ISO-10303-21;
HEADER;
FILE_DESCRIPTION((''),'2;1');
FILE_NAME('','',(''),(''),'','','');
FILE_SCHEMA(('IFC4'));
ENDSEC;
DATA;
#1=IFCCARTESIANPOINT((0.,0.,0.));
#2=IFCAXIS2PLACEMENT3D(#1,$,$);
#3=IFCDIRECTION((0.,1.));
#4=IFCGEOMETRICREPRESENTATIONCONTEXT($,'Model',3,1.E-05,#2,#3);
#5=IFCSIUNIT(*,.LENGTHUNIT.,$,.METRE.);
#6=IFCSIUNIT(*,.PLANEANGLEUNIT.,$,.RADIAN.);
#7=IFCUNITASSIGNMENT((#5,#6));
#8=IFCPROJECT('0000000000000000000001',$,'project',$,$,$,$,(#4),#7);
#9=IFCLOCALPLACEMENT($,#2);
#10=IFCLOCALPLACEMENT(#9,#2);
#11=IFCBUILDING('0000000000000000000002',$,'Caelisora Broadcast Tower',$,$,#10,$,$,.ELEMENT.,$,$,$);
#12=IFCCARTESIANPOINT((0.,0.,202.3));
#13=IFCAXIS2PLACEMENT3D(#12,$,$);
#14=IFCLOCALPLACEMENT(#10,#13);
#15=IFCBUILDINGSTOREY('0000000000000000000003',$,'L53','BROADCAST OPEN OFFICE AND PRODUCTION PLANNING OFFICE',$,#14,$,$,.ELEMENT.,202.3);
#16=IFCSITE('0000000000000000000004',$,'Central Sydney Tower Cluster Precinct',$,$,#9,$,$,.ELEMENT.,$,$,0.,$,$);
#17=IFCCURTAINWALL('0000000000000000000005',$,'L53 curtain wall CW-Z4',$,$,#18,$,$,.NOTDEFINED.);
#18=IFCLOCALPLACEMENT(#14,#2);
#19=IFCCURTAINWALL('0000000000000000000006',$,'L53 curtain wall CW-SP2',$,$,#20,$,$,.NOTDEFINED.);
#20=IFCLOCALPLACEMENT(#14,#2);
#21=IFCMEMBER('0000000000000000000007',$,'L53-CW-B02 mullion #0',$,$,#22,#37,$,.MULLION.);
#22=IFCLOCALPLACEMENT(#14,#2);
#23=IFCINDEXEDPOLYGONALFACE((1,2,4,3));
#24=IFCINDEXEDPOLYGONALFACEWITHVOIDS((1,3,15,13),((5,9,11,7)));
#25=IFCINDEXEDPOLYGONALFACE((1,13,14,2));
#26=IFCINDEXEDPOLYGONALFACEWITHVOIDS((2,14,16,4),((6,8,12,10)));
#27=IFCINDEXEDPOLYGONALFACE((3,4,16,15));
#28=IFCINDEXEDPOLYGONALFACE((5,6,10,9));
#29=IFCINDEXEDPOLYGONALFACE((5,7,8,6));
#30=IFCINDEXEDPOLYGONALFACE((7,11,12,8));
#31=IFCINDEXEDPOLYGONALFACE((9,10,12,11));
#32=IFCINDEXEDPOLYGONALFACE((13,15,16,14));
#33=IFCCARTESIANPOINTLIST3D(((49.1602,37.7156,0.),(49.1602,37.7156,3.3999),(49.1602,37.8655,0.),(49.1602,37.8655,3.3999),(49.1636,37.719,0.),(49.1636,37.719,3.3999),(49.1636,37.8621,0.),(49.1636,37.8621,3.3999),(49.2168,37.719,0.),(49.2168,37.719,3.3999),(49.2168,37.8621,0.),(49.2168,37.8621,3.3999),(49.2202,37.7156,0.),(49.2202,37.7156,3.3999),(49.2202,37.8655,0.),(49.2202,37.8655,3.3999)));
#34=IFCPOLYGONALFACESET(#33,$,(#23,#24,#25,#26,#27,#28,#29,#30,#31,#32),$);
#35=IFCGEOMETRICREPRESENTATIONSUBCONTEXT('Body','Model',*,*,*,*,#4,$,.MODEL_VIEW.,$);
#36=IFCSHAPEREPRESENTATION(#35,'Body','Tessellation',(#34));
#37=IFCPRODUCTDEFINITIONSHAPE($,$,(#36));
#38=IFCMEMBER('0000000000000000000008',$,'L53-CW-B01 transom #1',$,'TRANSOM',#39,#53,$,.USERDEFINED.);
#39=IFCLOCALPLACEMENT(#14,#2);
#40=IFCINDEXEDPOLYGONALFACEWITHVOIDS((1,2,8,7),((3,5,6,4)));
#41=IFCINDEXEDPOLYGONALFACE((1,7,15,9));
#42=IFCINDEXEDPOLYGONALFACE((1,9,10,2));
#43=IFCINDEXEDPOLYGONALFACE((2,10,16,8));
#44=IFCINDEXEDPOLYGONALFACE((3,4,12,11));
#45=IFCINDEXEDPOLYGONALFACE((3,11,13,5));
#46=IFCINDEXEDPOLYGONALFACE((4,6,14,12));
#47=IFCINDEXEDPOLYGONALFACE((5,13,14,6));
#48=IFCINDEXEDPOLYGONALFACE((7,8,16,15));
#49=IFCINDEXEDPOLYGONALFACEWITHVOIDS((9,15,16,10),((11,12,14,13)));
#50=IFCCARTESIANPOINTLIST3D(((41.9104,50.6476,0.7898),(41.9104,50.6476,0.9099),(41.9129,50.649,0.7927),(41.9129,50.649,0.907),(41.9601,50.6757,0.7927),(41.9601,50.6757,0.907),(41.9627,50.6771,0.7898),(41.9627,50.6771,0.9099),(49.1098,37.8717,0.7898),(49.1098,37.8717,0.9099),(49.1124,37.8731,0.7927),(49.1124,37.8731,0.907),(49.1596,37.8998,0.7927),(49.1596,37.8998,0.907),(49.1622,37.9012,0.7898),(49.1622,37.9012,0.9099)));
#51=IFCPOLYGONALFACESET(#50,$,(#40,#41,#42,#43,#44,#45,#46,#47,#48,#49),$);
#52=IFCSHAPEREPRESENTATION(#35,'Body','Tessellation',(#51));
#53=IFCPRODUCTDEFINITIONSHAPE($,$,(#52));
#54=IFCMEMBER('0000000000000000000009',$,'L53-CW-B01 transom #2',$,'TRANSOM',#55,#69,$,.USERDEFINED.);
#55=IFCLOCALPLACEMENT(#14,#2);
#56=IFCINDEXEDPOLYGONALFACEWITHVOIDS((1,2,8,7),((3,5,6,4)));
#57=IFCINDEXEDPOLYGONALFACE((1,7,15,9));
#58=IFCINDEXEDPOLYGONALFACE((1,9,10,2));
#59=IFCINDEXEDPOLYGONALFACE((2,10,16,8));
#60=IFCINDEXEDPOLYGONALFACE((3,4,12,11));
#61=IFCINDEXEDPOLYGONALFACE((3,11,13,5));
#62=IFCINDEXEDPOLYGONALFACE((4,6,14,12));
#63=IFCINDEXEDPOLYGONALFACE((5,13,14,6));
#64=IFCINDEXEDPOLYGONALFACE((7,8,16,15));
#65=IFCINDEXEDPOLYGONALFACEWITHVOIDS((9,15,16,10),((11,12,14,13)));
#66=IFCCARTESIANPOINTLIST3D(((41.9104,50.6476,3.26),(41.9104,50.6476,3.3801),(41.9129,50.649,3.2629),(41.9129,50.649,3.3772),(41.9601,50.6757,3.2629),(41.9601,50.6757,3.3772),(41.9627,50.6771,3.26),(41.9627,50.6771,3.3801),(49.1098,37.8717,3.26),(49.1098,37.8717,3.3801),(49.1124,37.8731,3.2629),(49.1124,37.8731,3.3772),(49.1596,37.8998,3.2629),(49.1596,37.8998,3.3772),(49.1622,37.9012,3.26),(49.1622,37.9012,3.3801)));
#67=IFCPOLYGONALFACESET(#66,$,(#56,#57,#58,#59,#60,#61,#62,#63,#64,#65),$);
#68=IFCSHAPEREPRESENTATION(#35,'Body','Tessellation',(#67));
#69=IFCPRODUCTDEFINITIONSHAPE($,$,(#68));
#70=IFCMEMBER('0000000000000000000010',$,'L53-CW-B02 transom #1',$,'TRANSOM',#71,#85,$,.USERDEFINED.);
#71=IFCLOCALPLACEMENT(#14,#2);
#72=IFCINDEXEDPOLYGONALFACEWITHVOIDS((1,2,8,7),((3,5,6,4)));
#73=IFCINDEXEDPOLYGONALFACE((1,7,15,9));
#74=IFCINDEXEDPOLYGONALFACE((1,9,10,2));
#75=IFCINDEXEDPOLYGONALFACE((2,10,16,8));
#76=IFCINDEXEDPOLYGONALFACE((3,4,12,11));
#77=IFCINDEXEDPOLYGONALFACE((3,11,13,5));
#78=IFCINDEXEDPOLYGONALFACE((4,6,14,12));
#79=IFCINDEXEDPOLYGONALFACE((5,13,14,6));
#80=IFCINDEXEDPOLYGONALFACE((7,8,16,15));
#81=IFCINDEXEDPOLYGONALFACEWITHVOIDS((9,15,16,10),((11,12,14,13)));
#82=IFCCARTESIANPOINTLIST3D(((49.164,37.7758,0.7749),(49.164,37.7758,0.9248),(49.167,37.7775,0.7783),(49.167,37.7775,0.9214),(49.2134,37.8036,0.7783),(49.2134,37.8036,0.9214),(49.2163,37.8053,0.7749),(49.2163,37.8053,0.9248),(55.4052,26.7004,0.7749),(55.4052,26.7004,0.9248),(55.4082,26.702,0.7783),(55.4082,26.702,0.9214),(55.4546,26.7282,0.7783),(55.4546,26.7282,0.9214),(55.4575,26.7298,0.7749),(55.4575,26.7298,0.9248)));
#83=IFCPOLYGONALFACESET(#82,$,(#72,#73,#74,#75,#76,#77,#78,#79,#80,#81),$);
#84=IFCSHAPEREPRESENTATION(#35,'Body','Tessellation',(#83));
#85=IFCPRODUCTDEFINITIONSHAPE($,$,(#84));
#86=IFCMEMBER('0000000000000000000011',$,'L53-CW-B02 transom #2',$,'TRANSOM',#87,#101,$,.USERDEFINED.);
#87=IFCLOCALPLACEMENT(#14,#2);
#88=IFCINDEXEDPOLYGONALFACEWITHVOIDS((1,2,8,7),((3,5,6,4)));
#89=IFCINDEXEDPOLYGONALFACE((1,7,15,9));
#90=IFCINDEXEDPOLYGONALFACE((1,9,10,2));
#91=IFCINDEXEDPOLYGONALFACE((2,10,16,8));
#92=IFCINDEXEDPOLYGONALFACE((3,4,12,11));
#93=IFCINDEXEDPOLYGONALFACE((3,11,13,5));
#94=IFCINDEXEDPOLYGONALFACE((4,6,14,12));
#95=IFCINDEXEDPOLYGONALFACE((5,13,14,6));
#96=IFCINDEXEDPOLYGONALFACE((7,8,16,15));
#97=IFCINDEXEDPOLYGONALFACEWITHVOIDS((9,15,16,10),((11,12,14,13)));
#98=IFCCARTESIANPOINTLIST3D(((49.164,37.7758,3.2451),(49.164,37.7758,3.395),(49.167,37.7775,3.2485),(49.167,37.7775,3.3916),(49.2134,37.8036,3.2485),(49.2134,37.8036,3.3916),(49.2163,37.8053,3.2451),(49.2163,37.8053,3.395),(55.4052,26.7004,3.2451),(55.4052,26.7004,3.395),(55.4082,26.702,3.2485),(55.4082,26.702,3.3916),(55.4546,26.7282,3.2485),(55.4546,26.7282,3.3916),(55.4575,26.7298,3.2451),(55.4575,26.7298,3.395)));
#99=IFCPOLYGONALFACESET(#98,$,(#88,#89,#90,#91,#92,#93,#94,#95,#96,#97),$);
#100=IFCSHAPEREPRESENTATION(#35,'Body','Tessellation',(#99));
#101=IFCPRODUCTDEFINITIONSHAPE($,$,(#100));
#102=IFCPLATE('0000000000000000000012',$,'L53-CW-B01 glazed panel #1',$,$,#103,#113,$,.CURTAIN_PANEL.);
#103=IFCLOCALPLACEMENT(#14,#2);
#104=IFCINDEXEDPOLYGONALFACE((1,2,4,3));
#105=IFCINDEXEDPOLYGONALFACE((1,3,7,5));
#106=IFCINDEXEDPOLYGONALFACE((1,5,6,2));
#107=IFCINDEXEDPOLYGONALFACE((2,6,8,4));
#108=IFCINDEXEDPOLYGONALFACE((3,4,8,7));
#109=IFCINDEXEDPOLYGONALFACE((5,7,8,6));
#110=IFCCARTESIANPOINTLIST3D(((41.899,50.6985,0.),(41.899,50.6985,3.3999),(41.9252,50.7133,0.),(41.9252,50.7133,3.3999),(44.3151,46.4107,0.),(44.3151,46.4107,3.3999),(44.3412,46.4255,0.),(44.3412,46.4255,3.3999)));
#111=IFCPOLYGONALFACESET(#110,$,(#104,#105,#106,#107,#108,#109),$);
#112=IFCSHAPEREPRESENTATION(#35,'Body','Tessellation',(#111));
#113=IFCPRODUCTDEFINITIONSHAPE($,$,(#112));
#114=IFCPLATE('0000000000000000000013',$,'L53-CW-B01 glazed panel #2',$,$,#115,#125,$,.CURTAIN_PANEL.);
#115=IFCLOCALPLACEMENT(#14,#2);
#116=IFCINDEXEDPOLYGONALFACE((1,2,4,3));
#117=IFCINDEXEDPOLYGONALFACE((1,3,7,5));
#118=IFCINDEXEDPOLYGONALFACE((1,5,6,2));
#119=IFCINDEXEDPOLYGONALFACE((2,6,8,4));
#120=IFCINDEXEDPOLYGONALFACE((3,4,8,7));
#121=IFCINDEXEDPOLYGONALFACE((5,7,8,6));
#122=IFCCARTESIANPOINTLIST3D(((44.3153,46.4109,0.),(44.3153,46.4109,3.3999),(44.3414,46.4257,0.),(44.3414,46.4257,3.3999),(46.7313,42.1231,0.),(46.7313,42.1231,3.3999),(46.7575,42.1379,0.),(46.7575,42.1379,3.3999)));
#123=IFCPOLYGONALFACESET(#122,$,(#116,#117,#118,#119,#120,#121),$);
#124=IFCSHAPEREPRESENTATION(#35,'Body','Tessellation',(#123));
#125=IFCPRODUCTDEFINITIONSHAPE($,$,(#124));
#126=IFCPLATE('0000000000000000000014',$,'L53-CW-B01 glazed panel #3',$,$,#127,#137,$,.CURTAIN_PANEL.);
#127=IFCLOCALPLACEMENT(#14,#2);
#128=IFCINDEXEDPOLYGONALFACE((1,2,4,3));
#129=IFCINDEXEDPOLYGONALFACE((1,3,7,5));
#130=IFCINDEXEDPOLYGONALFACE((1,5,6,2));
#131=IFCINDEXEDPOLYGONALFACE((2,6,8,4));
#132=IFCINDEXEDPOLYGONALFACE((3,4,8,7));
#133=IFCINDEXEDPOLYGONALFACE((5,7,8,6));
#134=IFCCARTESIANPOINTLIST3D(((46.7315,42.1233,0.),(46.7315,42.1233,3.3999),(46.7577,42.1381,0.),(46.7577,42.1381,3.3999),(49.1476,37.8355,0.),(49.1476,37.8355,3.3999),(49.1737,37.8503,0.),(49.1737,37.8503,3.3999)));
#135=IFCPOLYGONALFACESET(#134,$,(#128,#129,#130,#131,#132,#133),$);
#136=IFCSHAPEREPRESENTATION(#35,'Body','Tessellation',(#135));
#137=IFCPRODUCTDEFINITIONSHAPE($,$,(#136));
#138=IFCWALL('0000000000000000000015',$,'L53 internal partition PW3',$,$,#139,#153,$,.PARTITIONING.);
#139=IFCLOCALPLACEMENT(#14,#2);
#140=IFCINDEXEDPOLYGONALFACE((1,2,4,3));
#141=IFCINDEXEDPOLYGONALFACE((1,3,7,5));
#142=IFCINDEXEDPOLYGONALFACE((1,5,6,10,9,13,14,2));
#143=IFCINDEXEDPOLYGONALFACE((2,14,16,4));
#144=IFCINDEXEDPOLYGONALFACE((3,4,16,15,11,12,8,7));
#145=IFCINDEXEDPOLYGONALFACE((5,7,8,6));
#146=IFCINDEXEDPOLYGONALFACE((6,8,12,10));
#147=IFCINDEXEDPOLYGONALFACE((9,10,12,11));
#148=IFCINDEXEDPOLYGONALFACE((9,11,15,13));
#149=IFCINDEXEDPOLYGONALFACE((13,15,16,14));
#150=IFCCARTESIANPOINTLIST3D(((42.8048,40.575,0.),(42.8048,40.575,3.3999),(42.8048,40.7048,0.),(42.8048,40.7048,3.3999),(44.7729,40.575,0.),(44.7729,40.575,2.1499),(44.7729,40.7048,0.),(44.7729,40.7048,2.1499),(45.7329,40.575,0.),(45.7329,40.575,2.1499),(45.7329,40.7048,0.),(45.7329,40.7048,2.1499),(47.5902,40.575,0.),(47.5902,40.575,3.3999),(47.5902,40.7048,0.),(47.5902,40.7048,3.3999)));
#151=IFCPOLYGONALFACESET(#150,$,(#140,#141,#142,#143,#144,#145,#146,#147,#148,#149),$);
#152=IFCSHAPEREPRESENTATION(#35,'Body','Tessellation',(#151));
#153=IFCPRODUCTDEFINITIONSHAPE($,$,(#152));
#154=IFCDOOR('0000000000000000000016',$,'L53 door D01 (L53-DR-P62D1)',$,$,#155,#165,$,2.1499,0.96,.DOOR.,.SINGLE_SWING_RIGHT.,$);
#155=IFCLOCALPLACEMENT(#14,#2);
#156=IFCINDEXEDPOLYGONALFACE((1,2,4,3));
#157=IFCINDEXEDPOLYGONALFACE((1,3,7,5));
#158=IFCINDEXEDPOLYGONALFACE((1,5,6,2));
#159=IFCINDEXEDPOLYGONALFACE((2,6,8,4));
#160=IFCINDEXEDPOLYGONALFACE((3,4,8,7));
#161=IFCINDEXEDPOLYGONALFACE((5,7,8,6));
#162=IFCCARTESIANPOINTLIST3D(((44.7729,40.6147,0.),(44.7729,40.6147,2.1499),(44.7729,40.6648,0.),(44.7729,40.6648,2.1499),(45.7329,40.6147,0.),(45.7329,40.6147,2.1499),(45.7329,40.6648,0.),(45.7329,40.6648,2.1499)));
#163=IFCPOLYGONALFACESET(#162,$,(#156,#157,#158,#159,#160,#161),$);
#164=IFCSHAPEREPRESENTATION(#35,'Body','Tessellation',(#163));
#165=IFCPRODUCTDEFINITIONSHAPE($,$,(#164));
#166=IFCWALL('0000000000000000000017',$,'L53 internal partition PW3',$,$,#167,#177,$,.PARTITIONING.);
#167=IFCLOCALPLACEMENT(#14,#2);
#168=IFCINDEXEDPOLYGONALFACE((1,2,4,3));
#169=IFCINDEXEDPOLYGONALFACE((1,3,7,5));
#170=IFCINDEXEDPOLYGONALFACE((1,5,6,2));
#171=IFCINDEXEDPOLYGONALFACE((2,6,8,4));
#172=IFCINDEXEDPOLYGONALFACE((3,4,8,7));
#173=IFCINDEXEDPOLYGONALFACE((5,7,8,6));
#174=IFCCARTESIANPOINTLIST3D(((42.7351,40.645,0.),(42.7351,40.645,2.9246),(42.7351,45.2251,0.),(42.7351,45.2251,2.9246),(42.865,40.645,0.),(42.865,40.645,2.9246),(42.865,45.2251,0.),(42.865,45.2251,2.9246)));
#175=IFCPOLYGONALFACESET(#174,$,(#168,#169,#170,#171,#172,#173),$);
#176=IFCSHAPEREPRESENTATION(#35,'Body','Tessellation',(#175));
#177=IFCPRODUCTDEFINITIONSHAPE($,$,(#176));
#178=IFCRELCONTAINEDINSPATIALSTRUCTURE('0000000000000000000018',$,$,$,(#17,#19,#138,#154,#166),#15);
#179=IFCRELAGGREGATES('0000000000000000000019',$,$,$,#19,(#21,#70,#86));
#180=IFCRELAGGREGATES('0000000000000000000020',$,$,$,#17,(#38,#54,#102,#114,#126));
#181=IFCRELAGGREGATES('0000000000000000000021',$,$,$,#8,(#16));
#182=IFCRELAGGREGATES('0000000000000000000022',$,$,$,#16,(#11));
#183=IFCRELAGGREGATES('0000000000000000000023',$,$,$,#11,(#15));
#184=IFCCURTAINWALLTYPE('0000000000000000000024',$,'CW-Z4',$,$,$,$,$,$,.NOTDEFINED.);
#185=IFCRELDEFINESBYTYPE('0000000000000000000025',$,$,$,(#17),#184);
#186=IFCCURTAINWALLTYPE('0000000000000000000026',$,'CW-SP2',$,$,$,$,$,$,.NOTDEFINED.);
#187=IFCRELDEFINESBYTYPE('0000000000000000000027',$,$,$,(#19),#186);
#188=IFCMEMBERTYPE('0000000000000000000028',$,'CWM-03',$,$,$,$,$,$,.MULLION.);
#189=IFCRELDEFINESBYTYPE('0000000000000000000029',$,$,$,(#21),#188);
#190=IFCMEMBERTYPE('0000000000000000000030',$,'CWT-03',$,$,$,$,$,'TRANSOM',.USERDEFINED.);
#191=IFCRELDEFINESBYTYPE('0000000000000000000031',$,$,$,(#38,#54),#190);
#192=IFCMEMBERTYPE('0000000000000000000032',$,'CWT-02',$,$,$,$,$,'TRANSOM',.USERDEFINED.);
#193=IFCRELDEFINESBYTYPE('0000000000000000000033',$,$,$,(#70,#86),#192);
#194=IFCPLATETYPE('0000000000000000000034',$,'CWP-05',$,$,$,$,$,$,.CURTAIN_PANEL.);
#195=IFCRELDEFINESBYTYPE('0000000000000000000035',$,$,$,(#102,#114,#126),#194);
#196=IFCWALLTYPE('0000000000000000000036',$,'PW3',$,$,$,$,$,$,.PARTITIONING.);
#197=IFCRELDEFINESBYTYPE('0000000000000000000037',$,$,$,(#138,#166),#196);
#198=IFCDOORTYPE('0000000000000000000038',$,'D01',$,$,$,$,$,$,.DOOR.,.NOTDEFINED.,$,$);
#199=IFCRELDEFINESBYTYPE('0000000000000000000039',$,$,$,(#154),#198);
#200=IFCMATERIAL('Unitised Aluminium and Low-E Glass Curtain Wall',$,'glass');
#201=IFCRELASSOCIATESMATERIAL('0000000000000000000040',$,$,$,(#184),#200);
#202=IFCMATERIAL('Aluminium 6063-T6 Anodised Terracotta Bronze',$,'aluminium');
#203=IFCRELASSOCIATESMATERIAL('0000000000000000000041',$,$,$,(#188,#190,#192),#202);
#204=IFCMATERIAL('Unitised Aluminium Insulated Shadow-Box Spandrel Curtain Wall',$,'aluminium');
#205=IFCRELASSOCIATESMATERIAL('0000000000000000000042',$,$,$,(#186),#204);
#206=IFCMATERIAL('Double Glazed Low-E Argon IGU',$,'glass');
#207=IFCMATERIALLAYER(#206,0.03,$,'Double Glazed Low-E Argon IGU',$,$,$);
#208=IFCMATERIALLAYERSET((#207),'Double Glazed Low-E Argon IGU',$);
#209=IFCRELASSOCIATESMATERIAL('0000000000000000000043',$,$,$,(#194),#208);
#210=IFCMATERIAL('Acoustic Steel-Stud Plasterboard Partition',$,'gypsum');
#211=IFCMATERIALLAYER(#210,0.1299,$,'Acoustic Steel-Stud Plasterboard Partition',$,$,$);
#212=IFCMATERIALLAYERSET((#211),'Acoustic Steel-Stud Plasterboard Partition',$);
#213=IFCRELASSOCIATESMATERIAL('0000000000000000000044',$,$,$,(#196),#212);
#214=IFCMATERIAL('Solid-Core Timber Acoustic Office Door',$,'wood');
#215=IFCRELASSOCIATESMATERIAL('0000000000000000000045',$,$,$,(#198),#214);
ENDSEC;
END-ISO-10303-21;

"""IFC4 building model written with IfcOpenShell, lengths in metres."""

from ifc_helpers import new_model, si_unit, direction, frame, frame_2d, origin, origin_2d, place, context, subcontext, project, spatial, rectangle, hollow_rectangle, extrude, source, transform, mapped, material, layer, layer_set, material_profile, profile_set, type_object, type_shapes, element, fill, aggregate, save


model = new_model("IFC4")

# Units and contexts
model_context = context("Model", 3, precision=1e-05, world=origin(), true_north=direction((0.0, 1.0)))
body_context = subcontext(model_context, "Body", "Model", "MODEL_VIEW")
ifc_project = project(units=[si_unit("LENGTHUNIT", "METRE"), si_unit("PLANEANGLEUNIT", "RADIAN")], contexts=[model_context])

# Site, building, storey
site_placement = place(None, origin())
site = spatial("IfcSite", under=ifc_project, at=site_placement, Name="Central Sydney Tower Cluster Precinct", CompositionType="ELEMENT", RefElevation=0.0)
building_placement = place(site_placement, origin())
building = spatial("IfcBuilding", under=site, at=building_placement, Name="Caelisora Broadcast Tower", CompositionType="ELEMENT")
storey_placement = place(building_placement, frame((0.0, 0.0, 202.3)))
storey = spatial("IfcBuildingStorey", under=building, at=storey_placement, Name="L53", Description="BROADCAST OPEN OFFICE AND PRODUCTION PLANNING OFFICE", CompositionType="ELEMENT", Elevation=202.3)

# Curtain wall
ifc_material_1 = material(Name="Unitised Aluminium and Low-E Glass Curtain Wall", Category="glass")
curtain_wall_type_1 = type_object("IfcCurtainWallType", Name="CW-Z4", PredefinedType="NOTDEFINED", material=ifc_material_1)
curtain_wall_1_placement = place(storey_placement, origin())
curtain_wall_1 = element("IfcCurtainWall", 1, at=curtain_wall_1_placement, inside=storey, type_object=curtain_wall_type_1, Name="L53 curtain wall CW-Z4", PredefinedType="NOTDEFINED")
ifc_material_2 = material(Name="Aluminium 6063-T6 Anodised Terracotta Bronze", Category="aluminium")
ifc_material_profile_1 = material_profile(ifc_material_2, hollow_rectangle(XDim=0.0601, YDim=0.1499, WallThickness=0.0034, at=origin_2d()), Name="Aluminium 6063-T6 Anodised Terracotta Bronze")
ifc_profile_set_1 = profile_set([ifc_material_profile_1], Name="Aluminium 6063-T6 Anodised Terracotta Bronze")
member_type_1 = type_object("IfcMemberType", Name="CWM-03", PredefinedType="MULLION", material=ifc_profile_set_1)
shared_shape_1 = source(origin(), body_context, "Body", "SweptSolid", [
    extrude(hollow_rectangle(XDim=0.0601, YDim=0.1499, WallThickness=0.0034, at=origin_2d()), origin(), (0.0, 0.0, 1.0), 3.3999),
])
type_shapes(member_type_1, [shared_shape_1])

# Curtain wall, member
ifc_material_3 = material(Name="Unitised Aluminium Insulated Shadow-Box Spandrel Curtain Wall", Category="aluminium")
curtain_wall_type_2 = type_object("IfcCurtainWallType", Name="CW-SP2", PredefinedType="NOTDEFINED", material=ifc_material_3)
curtain_wall_2_placement = place(storey_placement, origin())
curtain_wall_2 = element("IfcCurtainWall", 2, at=curtain_wall_2_placement, inside=storey, type_object=curtain_wall_type_2, Name="L53 curtain wall CW-SP2", PredefinedType="NOTDEFINED")
member_1_placement = place(storey_placement, frame((49.1902, 37.7905, 0.0), z_axis=(0.0, 0.0, 1.0), x_axis=(1.0, 0.0, 0.0)))
member_1 = element("IfcMember", 3, at=member_1_placement, type_object=member_type_1, Name="L53-CW-B02 mullion #0", PredefinedType="MULLION", context=body_context, shape_type="MappedRepresentation", body=[
    mapped(shared_shape_1, transform((0.0, 0.0, 0.0), scale=1.0)),
])

# Members
ifc_material_profile_2 = material_profile(ifc_material_2, hollow_rectangle(XDim=0.0601, YDim=0.1201, WallThickness=0.0029, at=origin_2d()), Name="Aluminium 6063-T6 Anodised Terracotta Bronze")
ifc_profile_set_2 = profile_set([ifc_material_profile_2], Name="Aluminium 6063-T6 Anodised Terracotta Bronze")
member_type_2 = type_object("IfcMemberType", Name="CWT-03", ElementType="TRANSOM", PredefinedType="USERDEFINED", material=ifc_profile_set_2)
shared_shape_2 = source(origin(), body_context, "Body", "SweptSolid", [
    extrude(hollow_rectangle(XDim=0.0601, YDim=0.1201, WallThickness=0.0029, at=origin_2d()), origin(), (0.0, 0.0, 1.0), 14.6648),
])
type_shapes(member_type_2, [shared_shape_2])
member_2_placement = place(storey_placement, frame((41.9365, 50.6624, 0.8499), z_axis=(0.490936, -0.871196, 0.0), x_axis=(0.871196, 0.490936, 0.0)))
member_2 = element("IfcMember", 4, at=member_2_placement, type_object=member_type_2, Name="L53-CW-B01 transom #1", ObjectType="TRANSOM", PredefinedType="USERDEFINED", context=body_context, shape_type="MappedRepresentation", body=[
    mapped(shared_shape_2, transform((0.0, 0.0, 0.0), scale=1.0)),
])
member_3_placement = place(storey_placement, frame((41.9365, 50.6624, 3.3201), z_axis=(0.490936, -0.871196, 0.0), x_axis=(0.871196, 0.490936, 0.0)))
member_3 = element("IfcMember", 5, at=member_3_placement, type_object=member_type_2, Name="L53-CW-B01 transom #2", ObjectType="TRANSOM", PredefinedType="USERDEFINED", context=body_context, shape_type="MappedRepresentation", body=[
    mapped(shared_shape_2, transform((0.0, 0.0, 0.0), scale=1.0)),
])
ifc_material_profile_3 = material_profile(ifc_material_2, hollow_rectangle(XDim=0.0601, YDim=0.1499, WallThickness=0.0034, at=origin_2d()), Name="Aluminium 6063-T6 Anodised Terracotta Bronze")
ifc_profile_set_3 = profile_set([ifc_material_profile_3], Name="Aluminium 6063-T6 Anodised Terracotta Bronze")
member_type_3 = type_object("IfcMemberType", Name="CWT-02", ElementType="TRANSOM", PredefinedType="USERDEFINED", material=ifc_profile_set_3)
shared_shape_3 = source(origin(), body_context, "Body", "SweptSolid", [
    extrude(hollow_rectangle(XDim=0.0601, YDim=0.1499, WallThickness=0.0034, at=origin_2d()), origin(), (0.0, 0.0, 1.0), 12.7129),
])
type_shapes(member_type_3, [shared_shape_3])
member_4_placement = place(storey_placement, frame((49.1902, 37.7905, 0.8499), z_axis=(0.490935, -0.871196, 0.0), x_axis=(0.871196, 0.490935, 0.0)))
member_4 = element("IfcMember", 6, at=member_4_placement, type_object=member_type_3, Name="L53-CW-B02 transom #1", ObjectType="TRANSOM", PredefinedType="USERDEFINED", context=body_context, shape_type="MappedRepresentation", body=[
    mapped(shared_shape_3, transform((0.0, 0.0, 0.0), scale=1.0)),
])
member_5_placement = place(storey_placement, frame((49.1902, 37.7905, 3.3201), z_axis=(0.490935, -0.871196, 0.0), x_axis=(0.871196, 0.490935, 0.0)))
member_5 = element("IfcMember", 7, at=member_5_placement, type_object=member_type_3, Name="L53-CW-B02 transom #2", ObjectType="TRANSOM", PredefinedType="USERDEFINED", context=body_context, shape_type="MappedRepresentation", body=[
    mapped(shared_shape_3, transform((0.0, 0.0, 0.0), scale=1.0)),
])
aggregate(curtain_wall_2, [member_1, member_4, member_5])

# Plates
ifc_material_4 = material(Name="Double Glazed Low-E Argon IGU", Category="glass")
ifc_layer_1 = layer(ifc_material_4, 0.03, Name="Double Glazed Low-E Argon IGU")
ifc_layer_set_1 = layer_set([ifc_layer_1], Name="Double Glazed Low-E Argon IGU")
plate_type = type_object("IfcPlateType", Name="CWP-05", PredefinedType="CURTAIN_PANEL", material=ifc_layer_set_1)
shared_shape_4 = source(origin(), body_context, "Body", "SweptSolid", [
    extrude(rectangle(XDim=4.9216, YDim=0.03, at=origin_2d()), origin(), (0.0, 0.0, 1.0), 3.3999),
])
type_shapes(plate_type, [shared_shape_4])
plate_1_placement = place(storey_placement, frame((43.1201, 48.562, 0.0), z_axis=(0.0, 0.0, 1.0), x_axis=(0.490904, -0.871214, 0.0)))
plate_1 = element("IfcPlate", 8, at=plate_1_placement, type_object=plate_type, Name="L53-CW-B01 glazed panel #1", PredefinedType="CURTAIN_PANEL", context=body_context, shape_type="MappedRepresentation", body=[
    mapped(shared_shape_4, transform((0.0, 0.0, 0.0), scale=1.0)),
])
plate_2_placement = place(storey_placement, frame((45.5364, 44.2744, 0.0), z_axis=(0.0, 0.0, 1.0), x_axis=(0.490904, -0.871214, 0.0)))
plate_2 = element("IfcPlate", 9, at=plate_2_placement, type_object=plate_type, Name="L53-CW-B01 glazed panel #2", PredefinedType="CURTAIN_PANEL", context=body_context, shape_type="MappedRepresentation", body=[
    mapped(shared_shape_4, transform((0.0, 0.0, 0.0), scale=1.0)),
])
plate_3_placement = place(storey_placement, frame((47.9526, 39.9868, 0.0), z_axis=(0.0, 0.0, 1.0), x_axis=(0.490904, -0.871214, 0.0)))
plate_3 = element("IfcPlate", 10, at=plate_3_placement, type_object=plate_type, Name="L53-CW-B01 glazed panel #3", PredefinedType="CURTAIN_PANEL", context=body_context, shape_type="MappedRepresentation", body=[
    mapped(shared_shape_4, transform((0.0, 0.0, 0.0), scale=1.0)),
])
aggregate(curtain_wall_1, [member_2, member_3, plate_1, plate_2, plate_3])

# Wall, opening, door
ifc_material_5 = material(Name="Acoustic Steel-Stud Plasterboard Partition", Category="gypsum")
ifc_layer_2 = layer(ifc_material_5, 0.1299, Name="Acoustic Steel-Stud Plasterboard Partition")
ifc_layer_set_2 = layer_set([ifc_layer_2], Name="Acoustic Steel-Stud Plasterboard Partition")
wall_type = type_object("IfcWallType", Name="PW3", PredefinedType="PARTITIONING", material=ifc_layer_set_2)
wall_1_placement = place(storey_placement, frame((42.8049, 40.6399, 0.0), z_axis=(0.0, 0.0, 1.0), x_axis=(1.0, 0.0, 0.0)))
wall_1 = element("IfcWall", 11, at=wall_1_placement, inside=storey, type_object=wall_type, Name="L53 internal partition PW3", PredefinedType="PARTITIONING", context=body_context, shape_type="SweptSolid", body=[
    extrude(rectangle(XDim=4.7854, YDim=0.1299, at=frame_2d((2.3926, 0.0))), origin(), (0.0, 0.0, 1.0), 3.3999),
])
opening_placement = place(wall_1_placement, frame((1.968, 0.0, 0.0)))
opening = element("IfcOpeningElement", 12, at=opening_placement, cuts=wall_1, PredefinedType="OPENING", context=body_context, shape_type="SweptSolid", body=[
    extrude(rectangle(XDim=0.96, YDim=2.1499, at=frame_2d((0.48, 1.075))), frame((0.0, 0.0769, 0.0), z_axis=(0.0, -1.0, 0.0), x_axis=(1.0, 0.0, 0.0)), (0.0, 0.0, 1.0), 0.1538),
])
ifc_material_6 = material(Name="Solid-Core Timber Acoustic Office Door", Category="wood")
door_type = type_object("IfcDoorType", Name="D01", OperationType="NOTDEFINED", PredefinedType="DOOR", material=ifc_material_6)
door_placement = place(opening_placement, origin())
door = element("IfcDoor", 13, at=door_placement, inside=storey, type_object=door_type, Name="L53 door D01 (L53-DR-P62D1)", OperationType="SINGLE_SWING_RIGHT", OverallHeight=2.1499, OverallWidth=0.96, PredefinedType="DOOR", context=body_context, shape_type="SweptSolid", body=[
    extrude(rectangle(XDim=0.96, YDim=2.1499, at=frame_2d((0.48, 1.075))), frame((0.0, 0.0249, 0.0), z_axis=(0.0, -1.0, 0.0), x_axis=(1.0, 0.0, 0.0)), (0.0, 0.0, 1.0), 0.05),
])
fill(opening, door)

# Wall
wall_2_placement = place(storey_placement, frame((42.8, 40.645, 0.0), z_axis=(0.0, 0.0, 1.0), x_axis=(0.0, 1.0, 0.0)))
element("IfcWall", 14, at=wall_2_placement, inside=storey, type_object=wall_type, Name="L53 internal partition PW3", PredefinedType="PARTITIONING", context=body_context, shape_type="SweptSolid", body=[
    extrude(rectangle(XDim=4.5801, YDim=0.1299, at=frame_2d((2.29, 0.0))), origin(), (0.0, 0.0, 1.0), 2.9246),
])

save(model, "model.ifc")
